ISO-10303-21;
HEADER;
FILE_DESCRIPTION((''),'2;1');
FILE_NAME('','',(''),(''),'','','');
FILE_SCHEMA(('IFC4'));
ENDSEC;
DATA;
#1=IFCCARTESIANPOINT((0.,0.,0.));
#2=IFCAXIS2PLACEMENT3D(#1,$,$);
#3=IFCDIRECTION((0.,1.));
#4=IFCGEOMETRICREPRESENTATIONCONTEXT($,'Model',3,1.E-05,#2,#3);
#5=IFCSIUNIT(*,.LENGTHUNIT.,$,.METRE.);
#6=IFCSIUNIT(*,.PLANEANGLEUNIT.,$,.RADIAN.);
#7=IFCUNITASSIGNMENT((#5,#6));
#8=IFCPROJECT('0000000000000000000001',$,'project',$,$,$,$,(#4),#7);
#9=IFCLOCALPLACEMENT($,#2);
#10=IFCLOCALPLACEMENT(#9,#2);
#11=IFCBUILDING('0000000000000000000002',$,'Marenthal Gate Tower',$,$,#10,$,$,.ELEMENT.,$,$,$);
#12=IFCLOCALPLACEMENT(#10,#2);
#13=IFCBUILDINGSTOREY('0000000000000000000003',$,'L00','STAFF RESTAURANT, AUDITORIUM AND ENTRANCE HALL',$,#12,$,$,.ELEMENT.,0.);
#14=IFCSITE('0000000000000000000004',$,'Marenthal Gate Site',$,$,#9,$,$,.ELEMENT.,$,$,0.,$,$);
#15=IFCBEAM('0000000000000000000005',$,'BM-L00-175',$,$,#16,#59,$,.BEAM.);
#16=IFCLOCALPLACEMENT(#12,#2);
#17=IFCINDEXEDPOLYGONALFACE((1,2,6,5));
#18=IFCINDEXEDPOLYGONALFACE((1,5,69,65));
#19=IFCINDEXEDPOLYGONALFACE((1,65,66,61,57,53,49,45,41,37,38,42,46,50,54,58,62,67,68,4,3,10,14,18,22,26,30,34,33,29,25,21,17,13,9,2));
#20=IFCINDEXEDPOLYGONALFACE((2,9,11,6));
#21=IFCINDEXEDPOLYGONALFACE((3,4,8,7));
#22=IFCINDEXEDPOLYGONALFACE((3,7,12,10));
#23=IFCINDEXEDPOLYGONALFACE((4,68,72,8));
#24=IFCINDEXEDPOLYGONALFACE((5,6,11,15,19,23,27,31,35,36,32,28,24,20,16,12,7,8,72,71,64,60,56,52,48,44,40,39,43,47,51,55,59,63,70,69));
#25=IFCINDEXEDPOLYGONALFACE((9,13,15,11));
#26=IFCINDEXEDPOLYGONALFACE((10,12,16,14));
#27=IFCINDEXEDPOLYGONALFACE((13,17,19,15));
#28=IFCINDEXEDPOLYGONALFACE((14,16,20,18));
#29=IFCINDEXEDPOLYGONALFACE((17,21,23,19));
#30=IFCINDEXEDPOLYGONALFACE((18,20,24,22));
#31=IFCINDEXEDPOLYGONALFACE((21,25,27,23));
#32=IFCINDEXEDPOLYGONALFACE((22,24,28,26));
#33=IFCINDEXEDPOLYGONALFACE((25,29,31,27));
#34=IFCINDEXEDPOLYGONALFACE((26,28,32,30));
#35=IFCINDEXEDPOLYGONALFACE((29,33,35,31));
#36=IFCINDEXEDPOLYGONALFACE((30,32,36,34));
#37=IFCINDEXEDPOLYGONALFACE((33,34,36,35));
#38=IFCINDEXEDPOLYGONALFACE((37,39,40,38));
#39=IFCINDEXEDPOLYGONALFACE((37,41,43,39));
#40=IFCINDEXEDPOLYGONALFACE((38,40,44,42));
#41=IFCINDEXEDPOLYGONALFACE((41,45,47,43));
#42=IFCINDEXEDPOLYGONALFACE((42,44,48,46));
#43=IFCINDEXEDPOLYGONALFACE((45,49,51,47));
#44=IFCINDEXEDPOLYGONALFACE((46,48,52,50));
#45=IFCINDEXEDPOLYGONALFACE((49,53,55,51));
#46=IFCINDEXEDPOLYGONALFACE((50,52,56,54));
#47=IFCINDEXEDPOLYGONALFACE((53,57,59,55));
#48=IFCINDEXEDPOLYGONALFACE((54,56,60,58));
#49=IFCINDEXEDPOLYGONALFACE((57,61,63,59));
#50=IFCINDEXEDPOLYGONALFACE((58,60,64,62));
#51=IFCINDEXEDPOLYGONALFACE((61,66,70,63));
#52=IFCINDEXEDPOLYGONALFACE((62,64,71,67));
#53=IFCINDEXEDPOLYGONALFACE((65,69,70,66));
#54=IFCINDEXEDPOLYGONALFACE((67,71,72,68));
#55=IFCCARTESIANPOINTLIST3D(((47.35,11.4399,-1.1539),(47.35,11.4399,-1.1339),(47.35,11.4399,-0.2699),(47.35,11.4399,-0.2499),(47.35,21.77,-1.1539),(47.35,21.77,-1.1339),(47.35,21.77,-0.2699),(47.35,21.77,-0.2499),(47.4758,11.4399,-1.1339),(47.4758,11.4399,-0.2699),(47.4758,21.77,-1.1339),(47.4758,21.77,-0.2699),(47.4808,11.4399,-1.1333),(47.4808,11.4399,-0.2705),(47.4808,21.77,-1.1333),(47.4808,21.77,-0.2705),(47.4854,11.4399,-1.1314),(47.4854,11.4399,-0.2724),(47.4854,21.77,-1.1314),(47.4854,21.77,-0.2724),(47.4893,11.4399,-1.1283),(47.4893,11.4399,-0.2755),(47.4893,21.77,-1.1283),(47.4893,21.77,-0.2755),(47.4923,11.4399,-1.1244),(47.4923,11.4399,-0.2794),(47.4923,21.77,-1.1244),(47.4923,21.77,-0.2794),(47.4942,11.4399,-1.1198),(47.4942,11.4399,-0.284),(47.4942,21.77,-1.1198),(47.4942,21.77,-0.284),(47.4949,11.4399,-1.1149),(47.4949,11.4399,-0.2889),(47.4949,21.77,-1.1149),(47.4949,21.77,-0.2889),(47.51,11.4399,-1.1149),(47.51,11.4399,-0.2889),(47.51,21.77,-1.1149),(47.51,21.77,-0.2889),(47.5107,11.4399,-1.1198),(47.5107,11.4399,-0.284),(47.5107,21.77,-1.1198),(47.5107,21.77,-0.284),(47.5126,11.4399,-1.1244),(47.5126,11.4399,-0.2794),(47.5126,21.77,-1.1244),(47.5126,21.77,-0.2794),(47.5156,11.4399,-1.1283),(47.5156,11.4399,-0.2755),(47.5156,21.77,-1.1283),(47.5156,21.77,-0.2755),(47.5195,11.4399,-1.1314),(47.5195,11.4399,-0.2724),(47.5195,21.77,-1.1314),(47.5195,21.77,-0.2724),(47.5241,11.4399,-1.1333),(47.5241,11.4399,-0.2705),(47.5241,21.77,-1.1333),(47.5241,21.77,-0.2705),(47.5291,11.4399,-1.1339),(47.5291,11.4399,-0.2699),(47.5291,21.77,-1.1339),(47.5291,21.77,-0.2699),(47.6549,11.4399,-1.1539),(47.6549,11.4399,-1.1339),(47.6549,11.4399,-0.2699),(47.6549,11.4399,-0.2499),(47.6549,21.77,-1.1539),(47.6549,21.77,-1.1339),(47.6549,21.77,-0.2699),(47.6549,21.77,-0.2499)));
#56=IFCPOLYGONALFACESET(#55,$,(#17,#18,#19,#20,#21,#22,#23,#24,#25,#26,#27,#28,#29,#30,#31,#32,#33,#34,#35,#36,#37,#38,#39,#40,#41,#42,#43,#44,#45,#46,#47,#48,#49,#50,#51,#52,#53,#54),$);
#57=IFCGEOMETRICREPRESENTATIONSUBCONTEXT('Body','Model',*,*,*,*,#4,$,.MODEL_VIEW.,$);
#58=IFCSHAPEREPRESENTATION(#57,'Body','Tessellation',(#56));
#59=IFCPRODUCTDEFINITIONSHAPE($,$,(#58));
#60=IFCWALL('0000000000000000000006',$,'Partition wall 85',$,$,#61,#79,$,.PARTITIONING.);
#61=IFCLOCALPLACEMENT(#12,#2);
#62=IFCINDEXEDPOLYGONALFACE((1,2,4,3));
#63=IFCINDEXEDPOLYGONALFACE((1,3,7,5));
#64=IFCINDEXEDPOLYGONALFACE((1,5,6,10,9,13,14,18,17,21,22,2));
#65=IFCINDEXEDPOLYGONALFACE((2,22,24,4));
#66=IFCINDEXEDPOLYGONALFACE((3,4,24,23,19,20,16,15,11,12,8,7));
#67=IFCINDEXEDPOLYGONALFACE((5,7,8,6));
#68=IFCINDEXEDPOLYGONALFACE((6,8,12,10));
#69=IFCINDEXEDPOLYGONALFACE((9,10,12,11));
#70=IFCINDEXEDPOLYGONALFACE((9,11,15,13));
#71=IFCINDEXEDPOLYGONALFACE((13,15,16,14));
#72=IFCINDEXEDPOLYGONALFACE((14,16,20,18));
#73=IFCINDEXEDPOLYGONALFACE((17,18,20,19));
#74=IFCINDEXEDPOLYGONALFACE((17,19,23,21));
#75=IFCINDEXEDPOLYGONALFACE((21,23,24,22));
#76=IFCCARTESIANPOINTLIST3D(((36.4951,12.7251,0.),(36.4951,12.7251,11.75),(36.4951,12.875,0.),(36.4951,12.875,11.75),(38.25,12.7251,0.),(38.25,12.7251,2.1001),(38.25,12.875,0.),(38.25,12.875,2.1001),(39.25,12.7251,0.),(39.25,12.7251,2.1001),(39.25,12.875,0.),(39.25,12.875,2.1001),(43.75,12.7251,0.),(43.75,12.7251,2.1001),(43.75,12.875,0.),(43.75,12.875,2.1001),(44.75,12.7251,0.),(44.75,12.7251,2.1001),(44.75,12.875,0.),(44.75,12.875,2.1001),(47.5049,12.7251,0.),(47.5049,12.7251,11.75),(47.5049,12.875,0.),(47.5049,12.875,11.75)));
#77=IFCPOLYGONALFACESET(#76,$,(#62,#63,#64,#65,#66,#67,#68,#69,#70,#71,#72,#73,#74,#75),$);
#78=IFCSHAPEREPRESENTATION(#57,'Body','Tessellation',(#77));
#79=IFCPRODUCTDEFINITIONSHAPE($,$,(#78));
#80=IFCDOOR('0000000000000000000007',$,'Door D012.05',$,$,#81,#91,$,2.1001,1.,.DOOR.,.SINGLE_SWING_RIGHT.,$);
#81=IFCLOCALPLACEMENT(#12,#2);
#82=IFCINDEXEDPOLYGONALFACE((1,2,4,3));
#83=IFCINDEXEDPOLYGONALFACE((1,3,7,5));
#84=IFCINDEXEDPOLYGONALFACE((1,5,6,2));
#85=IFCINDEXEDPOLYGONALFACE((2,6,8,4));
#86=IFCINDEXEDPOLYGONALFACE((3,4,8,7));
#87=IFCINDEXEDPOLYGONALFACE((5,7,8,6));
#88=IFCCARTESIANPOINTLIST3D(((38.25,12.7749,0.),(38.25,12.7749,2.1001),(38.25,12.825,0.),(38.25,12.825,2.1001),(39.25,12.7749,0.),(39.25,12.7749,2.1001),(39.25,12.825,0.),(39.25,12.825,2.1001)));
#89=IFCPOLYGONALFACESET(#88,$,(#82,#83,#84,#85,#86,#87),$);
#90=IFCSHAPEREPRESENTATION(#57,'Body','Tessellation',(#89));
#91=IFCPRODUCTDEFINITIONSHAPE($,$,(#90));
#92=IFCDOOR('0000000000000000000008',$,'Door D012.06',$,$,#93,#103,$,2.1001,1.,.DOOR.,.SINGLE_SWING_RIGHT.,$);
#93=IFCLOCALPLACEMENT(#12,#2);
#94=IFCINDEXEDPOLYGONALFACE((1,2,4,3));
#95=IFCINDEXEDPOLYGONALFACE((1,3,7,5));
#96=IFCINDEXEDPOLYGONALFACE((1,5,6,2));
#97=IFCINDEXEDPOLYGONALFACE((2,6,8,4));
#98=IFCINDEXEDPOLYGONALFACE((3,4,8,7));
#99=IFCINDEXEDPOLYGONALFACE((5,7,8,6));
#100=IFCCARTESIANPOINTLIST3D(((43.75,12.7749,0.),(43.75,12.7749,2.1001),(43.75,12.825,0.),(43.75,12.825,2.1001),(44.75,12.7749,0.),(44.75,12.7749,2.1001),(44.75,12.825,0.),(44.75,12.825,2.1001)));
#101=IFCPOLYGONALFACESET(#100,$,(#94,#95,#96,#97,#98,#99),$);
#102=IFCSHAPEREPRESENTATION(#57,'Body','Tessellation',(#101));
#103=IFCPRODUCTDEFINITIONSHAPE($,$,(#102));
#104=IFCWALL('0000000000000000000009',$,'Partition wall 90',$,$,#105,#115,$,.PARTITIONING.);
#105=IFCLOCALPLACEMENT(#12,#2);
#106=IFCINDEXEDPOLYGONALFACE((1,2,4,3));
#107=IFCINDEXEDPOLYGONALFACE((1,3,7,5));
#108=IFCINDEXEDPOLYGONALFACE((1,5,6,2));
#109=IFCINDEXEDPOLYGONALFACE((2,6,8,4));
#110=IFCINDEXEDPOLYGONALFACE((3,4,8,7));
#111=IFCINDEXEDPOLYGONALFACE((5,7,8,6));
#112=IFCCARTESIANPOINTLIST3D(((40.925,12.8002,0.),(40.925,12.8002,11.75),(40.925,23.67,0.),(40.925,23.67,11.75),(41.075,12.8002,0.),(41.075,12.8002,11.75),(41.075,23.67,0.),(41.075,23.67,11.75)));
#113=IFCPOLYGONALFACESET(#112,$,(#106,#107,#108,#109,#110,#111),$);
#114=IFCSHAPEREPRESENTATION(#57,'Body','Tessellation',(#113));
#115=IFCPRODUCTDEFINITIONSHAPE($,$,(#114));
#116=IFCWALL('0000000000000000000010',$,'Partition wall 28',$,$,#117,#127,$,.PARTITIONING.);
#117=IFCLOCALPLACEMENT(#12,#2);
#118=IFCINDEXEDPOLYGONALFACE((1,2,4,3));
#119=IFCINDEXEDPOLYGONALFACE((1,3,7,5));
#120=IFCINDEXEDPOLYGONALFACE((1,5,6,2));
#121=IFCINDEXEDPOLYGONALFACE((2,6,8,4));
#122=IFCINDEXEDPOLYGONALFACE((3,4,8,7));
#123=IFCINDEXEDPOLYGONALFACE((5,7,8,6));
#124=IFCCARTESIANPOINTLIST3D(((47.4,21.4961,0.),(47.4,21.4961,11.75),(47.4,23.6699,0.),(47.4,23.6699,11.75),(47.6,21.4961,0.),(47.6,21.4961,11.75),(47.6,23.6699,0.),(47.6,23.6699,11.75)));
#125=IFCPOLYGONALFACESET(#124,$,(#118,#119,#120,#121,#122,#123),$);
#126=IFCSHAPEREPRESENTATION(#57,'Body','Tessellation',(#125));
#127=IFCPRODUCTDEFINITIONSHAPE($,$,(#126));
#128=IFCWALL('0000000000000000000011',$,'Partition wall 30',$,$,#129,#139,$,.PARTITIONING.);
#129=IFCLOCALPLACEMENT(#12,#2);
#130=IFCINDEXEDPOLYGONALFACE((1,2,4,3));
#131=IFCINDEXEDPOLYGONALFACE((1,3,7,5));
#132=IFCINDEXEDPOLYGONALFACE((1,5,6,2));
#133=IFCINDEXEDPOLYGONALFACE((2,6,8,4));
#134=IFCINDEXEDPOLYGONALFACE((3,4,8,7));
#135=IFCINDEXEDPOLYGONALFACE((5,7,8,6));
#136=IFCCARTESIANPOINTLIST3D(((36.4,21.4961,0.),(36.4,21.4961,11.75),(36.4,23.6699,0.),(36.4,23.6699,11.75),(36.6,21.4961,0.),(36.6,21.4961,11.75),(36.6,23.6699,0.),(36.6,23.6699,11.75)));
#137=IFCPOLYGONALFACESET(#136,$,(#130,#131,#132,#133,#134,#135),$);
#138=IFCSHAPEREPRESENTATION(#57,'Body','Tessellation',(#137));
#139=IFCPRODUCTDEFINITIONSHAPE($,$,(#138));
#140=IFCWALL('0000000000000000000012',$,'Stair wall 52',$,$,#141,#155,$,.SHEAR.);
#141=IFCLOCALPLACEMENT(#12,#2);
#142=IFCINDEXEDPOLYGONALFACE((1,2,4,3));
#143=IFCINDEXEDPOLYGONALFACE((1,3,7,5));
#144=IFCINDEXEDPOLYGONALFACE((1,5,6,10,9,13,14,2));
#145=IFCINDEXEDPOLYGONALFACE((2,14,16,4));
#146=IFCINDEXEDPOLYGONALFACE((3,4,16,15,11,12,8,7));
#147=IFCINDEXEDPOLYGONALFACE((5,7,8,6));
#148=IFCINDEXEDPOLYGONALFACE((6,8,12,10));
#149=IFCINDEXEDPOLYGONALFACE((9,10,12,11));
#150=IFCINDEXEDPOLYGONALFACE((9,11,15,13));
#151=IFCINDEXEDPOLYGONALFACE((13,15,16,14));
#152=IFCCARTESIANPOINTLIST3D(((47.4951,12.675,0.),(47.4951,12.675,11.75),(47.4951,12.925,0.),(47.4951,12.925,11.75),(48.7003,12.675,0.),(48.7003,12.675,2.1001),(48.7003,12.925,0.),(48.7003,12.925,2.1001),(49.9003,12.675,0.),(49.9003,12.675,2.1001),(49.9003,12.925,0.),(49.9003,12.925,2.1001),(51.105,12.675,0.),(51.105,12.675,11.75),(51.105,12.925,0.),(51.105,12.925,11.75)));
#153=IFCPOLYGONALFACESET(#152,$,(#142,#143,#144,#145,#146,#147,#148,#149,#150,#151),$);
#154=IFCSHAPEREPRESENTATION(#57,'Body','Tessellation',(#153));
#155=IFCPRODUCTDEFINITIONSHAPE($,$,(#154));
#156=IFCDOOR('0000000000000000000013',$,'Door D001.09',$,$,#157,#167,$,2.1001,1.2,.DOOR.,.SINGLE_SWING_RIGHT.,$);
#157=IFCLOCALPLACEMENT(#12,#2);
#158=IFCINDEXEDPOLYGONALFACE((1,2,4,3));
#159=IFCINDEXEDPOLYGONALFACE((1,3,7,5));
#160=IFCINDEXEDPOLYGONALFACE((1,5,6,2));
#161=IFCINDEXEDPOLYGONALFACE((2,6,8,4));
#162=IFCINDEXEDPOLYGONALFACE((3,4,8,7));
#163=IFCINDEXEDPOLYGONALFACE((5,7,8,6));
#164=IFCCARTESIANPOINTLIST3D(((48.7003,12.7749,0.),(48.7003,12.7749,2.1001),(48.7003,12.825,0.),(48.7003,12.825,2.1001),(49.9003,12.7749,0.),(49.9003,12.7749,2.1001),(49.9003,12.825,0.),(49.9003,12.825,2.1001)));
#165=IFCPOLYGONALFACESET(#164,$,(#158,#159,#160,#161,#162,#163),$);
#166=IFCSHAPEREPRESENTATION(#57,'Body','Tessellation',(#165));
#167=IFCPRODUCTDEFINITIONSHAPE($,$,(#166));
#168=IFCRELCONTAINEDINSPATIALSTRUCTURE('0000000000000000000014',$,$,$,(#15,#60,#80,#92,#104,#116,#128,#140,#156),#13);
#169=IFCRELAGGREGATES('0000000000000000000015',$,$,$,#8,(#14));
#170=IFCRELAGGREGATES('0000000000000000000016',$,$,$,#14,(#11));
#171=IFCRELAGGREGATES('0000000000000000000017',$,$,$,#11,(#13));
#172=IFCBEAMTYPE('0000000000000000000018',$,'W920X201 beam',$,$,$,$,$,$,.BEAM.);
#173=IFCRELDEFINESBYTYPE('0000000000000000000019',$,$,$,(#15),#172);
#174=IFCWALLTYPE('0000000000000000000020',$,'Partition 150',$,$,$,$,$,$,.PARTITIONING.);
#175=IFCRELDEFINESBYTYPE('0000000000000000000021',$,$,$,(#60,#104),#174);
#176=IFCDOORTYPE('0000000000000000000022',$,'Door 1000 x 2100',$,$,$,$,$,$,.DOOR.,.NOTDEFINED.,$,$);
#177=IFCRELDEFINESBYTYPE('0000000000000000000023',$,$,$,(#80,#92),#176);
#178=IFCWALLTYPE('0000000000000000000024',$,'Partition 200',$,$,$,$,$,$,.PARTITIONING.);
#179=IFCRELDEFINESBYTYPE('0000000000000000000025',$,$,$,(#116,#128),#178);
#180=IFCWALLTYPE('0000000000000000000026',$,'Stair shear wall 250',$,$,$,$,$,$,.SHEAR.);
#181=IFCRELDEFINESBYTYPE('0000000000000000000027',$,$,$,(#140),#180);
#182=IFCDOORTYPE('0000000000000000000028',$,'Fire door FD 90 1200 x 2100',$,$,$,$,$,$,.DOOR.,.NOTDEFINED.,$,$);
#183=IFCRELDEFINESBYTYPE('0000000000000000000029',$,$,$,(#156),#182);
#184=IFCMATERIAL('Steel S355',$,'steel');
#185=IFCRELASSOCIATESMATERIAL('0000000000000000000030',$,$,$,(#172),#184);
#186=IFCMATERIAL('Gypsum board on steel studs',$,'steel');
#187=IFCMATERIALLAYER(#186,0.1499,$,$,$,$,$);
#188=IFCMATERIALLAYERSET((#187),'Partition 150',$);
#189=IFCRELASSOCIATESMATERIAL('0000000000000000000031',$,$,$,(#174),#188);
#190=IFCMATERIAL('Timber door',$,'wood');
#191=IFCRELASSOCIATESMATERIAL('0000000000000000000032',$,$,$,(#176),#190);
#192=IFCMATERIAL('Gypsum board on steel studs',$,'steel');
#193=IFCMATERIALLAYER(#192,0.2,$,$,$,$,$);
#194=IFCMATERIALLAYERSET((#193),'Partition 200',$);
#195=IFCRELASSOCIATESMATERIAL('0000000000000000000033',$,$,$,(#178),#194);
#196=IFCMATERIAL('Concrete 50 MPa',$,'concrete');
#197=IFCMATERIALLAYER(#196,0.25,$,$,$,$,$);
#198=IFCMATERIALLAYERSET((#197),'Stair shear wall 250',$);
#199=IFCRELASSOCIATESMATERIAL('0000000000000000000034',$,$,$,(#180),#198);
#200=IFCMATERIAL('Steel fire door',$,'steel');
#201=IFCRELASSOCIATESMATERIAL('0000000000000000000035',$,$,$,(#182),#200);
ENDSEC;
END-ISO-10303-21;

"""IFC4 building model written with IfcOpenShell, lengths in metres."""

from ifc_helpers import new_model, si_unit, direction, frame, frame_2d, origin, origin_2d, place, context, subcontext, project, spatial, rectangle, i_section, extrude, material, layer, layer_set, material_profile, profile_set, type_object, element, fill, save


model = new_model("IFC4")

# Units and contexts
model_context = context("Model", 3, precision=1e-05, world=origin(), true_north=direction((0.0, 1.0)))
body_context = subcontext(model_context, "Body", "Model", "MODEL_VIEW")
ifc_project = project(units=[si_unit("LENGTHUNIT", "METRE"), si_unit("PLANEANGLEUNIT", "RADIAN")], contexts=[model_context])

# Site, building, storey
site_placement = place(None, origin())
site = spatial("IfcSite", under=ifc_project, at=site_placement, Name="Marenthal Gate Site", CompositionType="ELEMENT", RefElevation=0.0)
building_placement = place(site_placement, origin())
building = spatial("IfcBuilding", under=site, at=building_placement, Name="Marenthal Gate Tower", CompositionType="ELEMENT")
storey_placement = place(building_placement, origin())
storey = spatial("IfcBuildingStorey", under=building, at=storey_placement, Name="L00", Description="STAFF RESTAURANT, AUDITORIUM AND ENTRANCE HALL", CompositionType="ELEMENT", Elevation=0.0)

# Beam
ifc_material_1 = material(Name="Steel S355", Category="steel")
ifc_material_profile_1 = material_profile(ifc_material_1, i_section(OverallWidth=0.3049, OverallDepth=0.9041, WebThickness=0.0151, FlangeThickness=0.02, FilletRadius=0.019, at=origin_2d()), Name="W920X201")
ifc_profile_set_1 = profile_set([ifc_material_profile_1], Name="Steel S355")
beam_type_1 = type_object("IfcBeamType", Name="W920X201 beam", PredefinedType="BEAM", material=ifc_profile_set_1)
for number, where, z_axis, x_axis, name in (
    (1, (47.5024, 11.4399, -0.7019), (0.0, 1.0, 0.0), (-1.0, 0.0, 0.0), "BM-L00-175"),
):
    element("IfcBeam", number, at=place(storey_placement, frame(where, z_axis=z_axis, x_axis=x_axis)), inside=storey, type_object=beam_type_1, Name=name, PredefinedType="BEAM", context=body_context, shape_type="SweptSolid", body=[
        extrude(i_section(OverallWidth=0.3049, OverallDepth=0.9041, WebThickness=0.0151, FlangeThickness=0.02, FilletRadius=0.019, at=origin_2d()), origin(), (0.0, 0.0, 1.0), 10.3301),
    ])

# Wall, openings, doors
ifc_material_2 = material(Name="Gypsum board on steel studs", Category="steel")
ifc_layer_1 = layer(ifc_material_2, 0.1499)
ifc_layer_set_1 = layer_set([ifc_layer_1], Name="Partition 150")
wall_type_1 = type_object("IfcWallType", Name="Partition 150", PredefinedType="PARTITIONING", material=ifc_layer_set_1)
wall_1_placement = place(storey_placement, frame((36.4951, 12.8, 0.0), z_axis=(0.0, 0.0, 1.0), x_axis=(1.0, 0.0, 0.0)))
wall_1 = element("IfcWall", 2, at=wall_1_placement, inside=storey, type_object=wall_type_1, Name="Partition wall 85", PredefinedType="PARTITIONING", context=body_context, shape_type="SweptSolid", body=[
    extrude(rectangle(XDim=11.0098, YDim=0.1499, at=frame_2d((5.5049, 0.0))), origin(), (0.0, 0.0, 1.0), 11.75),
])
opening_1_placement = place(wall_1_placement, frame((1.7549, 0.0, 0.0)))
opening_1 = element("IfcOpeningElement", 3, at=opening_1_placement, cuts=wall_1, PredefinedType="OPENING", context=body_context, shape_type="SweptSolid", body=[
    extrude(rectangle(XDim=1.0, YDim=2.1001, at=frame_2d((0.5, 1.05))), frame((0.0, 0.085, 0.0), z_axis=(0.0, -1.0, 0.0), x_axis=(1.0, 0.0, 0.0)), (0.0, 0.0, 1.0), 0.1699),
])
opening_2_placement = place(wall_1_placement, frame((7.2549, 0.0, 0.0)))
opening_2 = element("IfcOpeningElement", 4, at=opening_2_placement, cuts=wall_1, PredefinedType="OPENING", context=body_context, shape_type="SweptSolid", body=[
    extrude(rectangle(XDim=1.0, YDim=2.1001, at=frame_2d((0.5, 1.05))), frame((0.0, 0.085, 0.0), z_axis=(0.0, -1.0, 0.0), x_axis=(1.0, 0.0, 0.0)), (0.0, 0.0, 1.0), 0.1699),
])
ifc_material_3 = material(Name="Timber door", Category="wood")
door_type_1 = type_object("IfcDoorType", Name="Door 1000 x 2100", OperationType="NOTDEFINED", PredefinedType="DOOR", material=ifc_material_3)
door_1_placement = place(opening_1_placement, origin())
door_1 = element("IfcDoor", 5, at=door_1_placement, inside=storey, type_object=door_type_1, Name="Door D012.05", OperationType="SINGLE_SWING_RIGHT", OverallHeight=2.1001, OverallWidth=1.0, PredefinedType="DOOR", context=body_context, shape_type="SweptSolid", body=[
    extrude(rectangle(XDim=1.0, YDim=2.1001, at=frame_2d((0.5, 1.05))), frame((0.0, 0.0249, 0.0), z_axis=(0.0, -1.0, 0.0), x_axis=(1.0, 0.0, 0.0)), (0.0, 0.0, 1.0), 0.05),
])
fill(opening_1, door_1)
door_2_placement = place(opening_2_placement, origin())
door_2 = element("IfcDoor", 6, at=door_2_placement, inside=storey, type_object=door_type_1, Name="Door D012.06", OperationType="SINGLE_SWING_RIGHT", OverallHeight=2.1001, OverallWidth=1.0, PredefinedType="DOOR", context=body_context, shape_type="SweptSolid", body=[
    extrude(rectangle(XDim=1.0, YDim=2.1001, at=frame_2d((0.5, 1.05))), frame((0.0, 0.0249, 0.0), z_axis=(0.0, -1.0, 0.0), x_axis=(1.0, 0.0, 0.0)), (0.0, 0.0, 1.0), 0.05),
])
fill(opening_2, door_2)

# Walls
wall_2_placement = place(storey_placement, frame((41.0, 12.8, 0.0), z_axis=(0.0, 0.0, 1.0), x_axis=(0.0, 1.0, 0.0)))
element("IfcWall", 7, at=wall_2_placement, inside=storey, type_object=wall_type_1, Name="Partition wall 90", PredefinedType="PARTITIONING", context=body_context, shape_type="SweptSolid", body=[
    extrude(rectangle(XDim=10.8699, YDim=0.1499, at=frame_2d((5.4351, 0.0))), origin(), (0.0, 0.0, 1.0), 11.75),
])
ifc_material_4 = material(Name="Gypsum board on steel studs", Category="steel")
ifc_layer_2 = layer(ifc_material_4, 0.2)
ifc_layer_set_2 = layer_set([ifc_layer_2], Name="Partition 200")
wall_type_2 = type_object("IfcWallType", Name="Partition 200", PredefinedType="PARTITIONING", material=ifc_layer_set_2)
for number, where, z_axis, x_axis, name in (
    (8, (47.5, 21.4961, 0.0), (0.0, 0.0, 1.0), (0.0, 1.0, 0.0), "Partition wall 28"),
    (9, (36.5, 21.4961, 0.0), (0.0, 0.0, 1.0), (0.0, 1.0, 0.0), "Partition wall 30"),
):
    element("IfcWall", number, at=place(storey_placement, frame(where, z_axis=z_axis, x_axis=x_axis)), inside=storey, type_object=wall_type_2, Name=name, PredefinedType="PARTITIONING", context=body_context, shape_type="SweptSolid", body=[
        extrude(rectangle(XDim=2.1738, YDim=0.2, at=frame_2d((1.0869, 0.0))), origin(), (0.0, 0.0, 1.0), 11.75),
    ])

# Wall, opening, door
ifc_material_5 = material(Name="Concrete 50 MPa", Category="concrete")
ifc_layer_3 = layer(ifc_material_5, 0.25)
ifc_layer_set_3 = layer_set([ifc_layer_3], Name="Stair shear wall 250")
wall_type_3 = type_object("IfcWallType", Name="Stair shear wall 250", PredefinedType="SHEAR", material=ifc_layer_set_3)
wall_3_placement = place(storey_placement, frame((47.4951, 12.8, 0.0), z_axis=(0.0, 0.0, 1.0), x_axis=(1.0, 0.0, 0.0)))
wall_3 = element("IfcWall", 10, at=wall_3_placement, inside=storey, type_object=wall_type_3, Name="Stair wall 52", PredefinedType="SHEAR", context=body_context, shape_type="SweptSolid", body=[
    extrude(rectangle(XDim=3.6099, YDim=0.25, at=frame_2d((1.8049, 0.0))), origin(), (0.0, 0.0, 1.0), 11.75),
])
opening_3_placement = place(wall_3_placement, frame((1.2051, 0.0, 0.0)))
opening_3 = element("IfcOpeningElement", 11, at=opening_3_placement, cuts=wall_3, PredefinedType="OPENING", context=body_context, shape_type="SweptSolid", body=[
    extrude(rectangle(XDim=1.2, YDim=2.1001, at=frame_2d((0.6001, 1.05))), frame((0.0, 0.135, 0.0), z_axis=(0.0, -1.0, 0.0), x_axis=(1.0, 0.0, 0.0)), (0.0, 0.0, 1.0), 0.27),
])
ifc_material_6 = material(Name="Steel fire door", Category="steel")
door_type_2 = type_object("IfcDoorType", Name="Fire door FD 90 1200 x 2100", OperationType="NOTDEFINED", PredefinedType="DOOR", material=ifc_material_6)
door_3_placement = place(opening_3_placement, origin())
door_3 = element("IfcDoor", 12, at=door_3_placement, inside=storey, type_object=door_type_2, Name="Door D001.09", OperationType="SINGLE_SWING_RIGHT", OverallHeight=2.1001, OverallWidth=1.2, PredefinedType="DOOR", context=body_context, shape_type="SweptSolid", body=[
    extrude(rectangle(XDim=1.2, YDim=2.1001, at=frame_2d((0.6001, 1.05))), frame((0.0, 0.0249, 0.0), z_axis=(0.0, -1.0, 0.0), x_axis=(1.0, 0.0, 0.0)), (0.0, 0.0, 1.0), 0.05),
])
fill(opening_3, door_3)

save(model, "model.ifc")
